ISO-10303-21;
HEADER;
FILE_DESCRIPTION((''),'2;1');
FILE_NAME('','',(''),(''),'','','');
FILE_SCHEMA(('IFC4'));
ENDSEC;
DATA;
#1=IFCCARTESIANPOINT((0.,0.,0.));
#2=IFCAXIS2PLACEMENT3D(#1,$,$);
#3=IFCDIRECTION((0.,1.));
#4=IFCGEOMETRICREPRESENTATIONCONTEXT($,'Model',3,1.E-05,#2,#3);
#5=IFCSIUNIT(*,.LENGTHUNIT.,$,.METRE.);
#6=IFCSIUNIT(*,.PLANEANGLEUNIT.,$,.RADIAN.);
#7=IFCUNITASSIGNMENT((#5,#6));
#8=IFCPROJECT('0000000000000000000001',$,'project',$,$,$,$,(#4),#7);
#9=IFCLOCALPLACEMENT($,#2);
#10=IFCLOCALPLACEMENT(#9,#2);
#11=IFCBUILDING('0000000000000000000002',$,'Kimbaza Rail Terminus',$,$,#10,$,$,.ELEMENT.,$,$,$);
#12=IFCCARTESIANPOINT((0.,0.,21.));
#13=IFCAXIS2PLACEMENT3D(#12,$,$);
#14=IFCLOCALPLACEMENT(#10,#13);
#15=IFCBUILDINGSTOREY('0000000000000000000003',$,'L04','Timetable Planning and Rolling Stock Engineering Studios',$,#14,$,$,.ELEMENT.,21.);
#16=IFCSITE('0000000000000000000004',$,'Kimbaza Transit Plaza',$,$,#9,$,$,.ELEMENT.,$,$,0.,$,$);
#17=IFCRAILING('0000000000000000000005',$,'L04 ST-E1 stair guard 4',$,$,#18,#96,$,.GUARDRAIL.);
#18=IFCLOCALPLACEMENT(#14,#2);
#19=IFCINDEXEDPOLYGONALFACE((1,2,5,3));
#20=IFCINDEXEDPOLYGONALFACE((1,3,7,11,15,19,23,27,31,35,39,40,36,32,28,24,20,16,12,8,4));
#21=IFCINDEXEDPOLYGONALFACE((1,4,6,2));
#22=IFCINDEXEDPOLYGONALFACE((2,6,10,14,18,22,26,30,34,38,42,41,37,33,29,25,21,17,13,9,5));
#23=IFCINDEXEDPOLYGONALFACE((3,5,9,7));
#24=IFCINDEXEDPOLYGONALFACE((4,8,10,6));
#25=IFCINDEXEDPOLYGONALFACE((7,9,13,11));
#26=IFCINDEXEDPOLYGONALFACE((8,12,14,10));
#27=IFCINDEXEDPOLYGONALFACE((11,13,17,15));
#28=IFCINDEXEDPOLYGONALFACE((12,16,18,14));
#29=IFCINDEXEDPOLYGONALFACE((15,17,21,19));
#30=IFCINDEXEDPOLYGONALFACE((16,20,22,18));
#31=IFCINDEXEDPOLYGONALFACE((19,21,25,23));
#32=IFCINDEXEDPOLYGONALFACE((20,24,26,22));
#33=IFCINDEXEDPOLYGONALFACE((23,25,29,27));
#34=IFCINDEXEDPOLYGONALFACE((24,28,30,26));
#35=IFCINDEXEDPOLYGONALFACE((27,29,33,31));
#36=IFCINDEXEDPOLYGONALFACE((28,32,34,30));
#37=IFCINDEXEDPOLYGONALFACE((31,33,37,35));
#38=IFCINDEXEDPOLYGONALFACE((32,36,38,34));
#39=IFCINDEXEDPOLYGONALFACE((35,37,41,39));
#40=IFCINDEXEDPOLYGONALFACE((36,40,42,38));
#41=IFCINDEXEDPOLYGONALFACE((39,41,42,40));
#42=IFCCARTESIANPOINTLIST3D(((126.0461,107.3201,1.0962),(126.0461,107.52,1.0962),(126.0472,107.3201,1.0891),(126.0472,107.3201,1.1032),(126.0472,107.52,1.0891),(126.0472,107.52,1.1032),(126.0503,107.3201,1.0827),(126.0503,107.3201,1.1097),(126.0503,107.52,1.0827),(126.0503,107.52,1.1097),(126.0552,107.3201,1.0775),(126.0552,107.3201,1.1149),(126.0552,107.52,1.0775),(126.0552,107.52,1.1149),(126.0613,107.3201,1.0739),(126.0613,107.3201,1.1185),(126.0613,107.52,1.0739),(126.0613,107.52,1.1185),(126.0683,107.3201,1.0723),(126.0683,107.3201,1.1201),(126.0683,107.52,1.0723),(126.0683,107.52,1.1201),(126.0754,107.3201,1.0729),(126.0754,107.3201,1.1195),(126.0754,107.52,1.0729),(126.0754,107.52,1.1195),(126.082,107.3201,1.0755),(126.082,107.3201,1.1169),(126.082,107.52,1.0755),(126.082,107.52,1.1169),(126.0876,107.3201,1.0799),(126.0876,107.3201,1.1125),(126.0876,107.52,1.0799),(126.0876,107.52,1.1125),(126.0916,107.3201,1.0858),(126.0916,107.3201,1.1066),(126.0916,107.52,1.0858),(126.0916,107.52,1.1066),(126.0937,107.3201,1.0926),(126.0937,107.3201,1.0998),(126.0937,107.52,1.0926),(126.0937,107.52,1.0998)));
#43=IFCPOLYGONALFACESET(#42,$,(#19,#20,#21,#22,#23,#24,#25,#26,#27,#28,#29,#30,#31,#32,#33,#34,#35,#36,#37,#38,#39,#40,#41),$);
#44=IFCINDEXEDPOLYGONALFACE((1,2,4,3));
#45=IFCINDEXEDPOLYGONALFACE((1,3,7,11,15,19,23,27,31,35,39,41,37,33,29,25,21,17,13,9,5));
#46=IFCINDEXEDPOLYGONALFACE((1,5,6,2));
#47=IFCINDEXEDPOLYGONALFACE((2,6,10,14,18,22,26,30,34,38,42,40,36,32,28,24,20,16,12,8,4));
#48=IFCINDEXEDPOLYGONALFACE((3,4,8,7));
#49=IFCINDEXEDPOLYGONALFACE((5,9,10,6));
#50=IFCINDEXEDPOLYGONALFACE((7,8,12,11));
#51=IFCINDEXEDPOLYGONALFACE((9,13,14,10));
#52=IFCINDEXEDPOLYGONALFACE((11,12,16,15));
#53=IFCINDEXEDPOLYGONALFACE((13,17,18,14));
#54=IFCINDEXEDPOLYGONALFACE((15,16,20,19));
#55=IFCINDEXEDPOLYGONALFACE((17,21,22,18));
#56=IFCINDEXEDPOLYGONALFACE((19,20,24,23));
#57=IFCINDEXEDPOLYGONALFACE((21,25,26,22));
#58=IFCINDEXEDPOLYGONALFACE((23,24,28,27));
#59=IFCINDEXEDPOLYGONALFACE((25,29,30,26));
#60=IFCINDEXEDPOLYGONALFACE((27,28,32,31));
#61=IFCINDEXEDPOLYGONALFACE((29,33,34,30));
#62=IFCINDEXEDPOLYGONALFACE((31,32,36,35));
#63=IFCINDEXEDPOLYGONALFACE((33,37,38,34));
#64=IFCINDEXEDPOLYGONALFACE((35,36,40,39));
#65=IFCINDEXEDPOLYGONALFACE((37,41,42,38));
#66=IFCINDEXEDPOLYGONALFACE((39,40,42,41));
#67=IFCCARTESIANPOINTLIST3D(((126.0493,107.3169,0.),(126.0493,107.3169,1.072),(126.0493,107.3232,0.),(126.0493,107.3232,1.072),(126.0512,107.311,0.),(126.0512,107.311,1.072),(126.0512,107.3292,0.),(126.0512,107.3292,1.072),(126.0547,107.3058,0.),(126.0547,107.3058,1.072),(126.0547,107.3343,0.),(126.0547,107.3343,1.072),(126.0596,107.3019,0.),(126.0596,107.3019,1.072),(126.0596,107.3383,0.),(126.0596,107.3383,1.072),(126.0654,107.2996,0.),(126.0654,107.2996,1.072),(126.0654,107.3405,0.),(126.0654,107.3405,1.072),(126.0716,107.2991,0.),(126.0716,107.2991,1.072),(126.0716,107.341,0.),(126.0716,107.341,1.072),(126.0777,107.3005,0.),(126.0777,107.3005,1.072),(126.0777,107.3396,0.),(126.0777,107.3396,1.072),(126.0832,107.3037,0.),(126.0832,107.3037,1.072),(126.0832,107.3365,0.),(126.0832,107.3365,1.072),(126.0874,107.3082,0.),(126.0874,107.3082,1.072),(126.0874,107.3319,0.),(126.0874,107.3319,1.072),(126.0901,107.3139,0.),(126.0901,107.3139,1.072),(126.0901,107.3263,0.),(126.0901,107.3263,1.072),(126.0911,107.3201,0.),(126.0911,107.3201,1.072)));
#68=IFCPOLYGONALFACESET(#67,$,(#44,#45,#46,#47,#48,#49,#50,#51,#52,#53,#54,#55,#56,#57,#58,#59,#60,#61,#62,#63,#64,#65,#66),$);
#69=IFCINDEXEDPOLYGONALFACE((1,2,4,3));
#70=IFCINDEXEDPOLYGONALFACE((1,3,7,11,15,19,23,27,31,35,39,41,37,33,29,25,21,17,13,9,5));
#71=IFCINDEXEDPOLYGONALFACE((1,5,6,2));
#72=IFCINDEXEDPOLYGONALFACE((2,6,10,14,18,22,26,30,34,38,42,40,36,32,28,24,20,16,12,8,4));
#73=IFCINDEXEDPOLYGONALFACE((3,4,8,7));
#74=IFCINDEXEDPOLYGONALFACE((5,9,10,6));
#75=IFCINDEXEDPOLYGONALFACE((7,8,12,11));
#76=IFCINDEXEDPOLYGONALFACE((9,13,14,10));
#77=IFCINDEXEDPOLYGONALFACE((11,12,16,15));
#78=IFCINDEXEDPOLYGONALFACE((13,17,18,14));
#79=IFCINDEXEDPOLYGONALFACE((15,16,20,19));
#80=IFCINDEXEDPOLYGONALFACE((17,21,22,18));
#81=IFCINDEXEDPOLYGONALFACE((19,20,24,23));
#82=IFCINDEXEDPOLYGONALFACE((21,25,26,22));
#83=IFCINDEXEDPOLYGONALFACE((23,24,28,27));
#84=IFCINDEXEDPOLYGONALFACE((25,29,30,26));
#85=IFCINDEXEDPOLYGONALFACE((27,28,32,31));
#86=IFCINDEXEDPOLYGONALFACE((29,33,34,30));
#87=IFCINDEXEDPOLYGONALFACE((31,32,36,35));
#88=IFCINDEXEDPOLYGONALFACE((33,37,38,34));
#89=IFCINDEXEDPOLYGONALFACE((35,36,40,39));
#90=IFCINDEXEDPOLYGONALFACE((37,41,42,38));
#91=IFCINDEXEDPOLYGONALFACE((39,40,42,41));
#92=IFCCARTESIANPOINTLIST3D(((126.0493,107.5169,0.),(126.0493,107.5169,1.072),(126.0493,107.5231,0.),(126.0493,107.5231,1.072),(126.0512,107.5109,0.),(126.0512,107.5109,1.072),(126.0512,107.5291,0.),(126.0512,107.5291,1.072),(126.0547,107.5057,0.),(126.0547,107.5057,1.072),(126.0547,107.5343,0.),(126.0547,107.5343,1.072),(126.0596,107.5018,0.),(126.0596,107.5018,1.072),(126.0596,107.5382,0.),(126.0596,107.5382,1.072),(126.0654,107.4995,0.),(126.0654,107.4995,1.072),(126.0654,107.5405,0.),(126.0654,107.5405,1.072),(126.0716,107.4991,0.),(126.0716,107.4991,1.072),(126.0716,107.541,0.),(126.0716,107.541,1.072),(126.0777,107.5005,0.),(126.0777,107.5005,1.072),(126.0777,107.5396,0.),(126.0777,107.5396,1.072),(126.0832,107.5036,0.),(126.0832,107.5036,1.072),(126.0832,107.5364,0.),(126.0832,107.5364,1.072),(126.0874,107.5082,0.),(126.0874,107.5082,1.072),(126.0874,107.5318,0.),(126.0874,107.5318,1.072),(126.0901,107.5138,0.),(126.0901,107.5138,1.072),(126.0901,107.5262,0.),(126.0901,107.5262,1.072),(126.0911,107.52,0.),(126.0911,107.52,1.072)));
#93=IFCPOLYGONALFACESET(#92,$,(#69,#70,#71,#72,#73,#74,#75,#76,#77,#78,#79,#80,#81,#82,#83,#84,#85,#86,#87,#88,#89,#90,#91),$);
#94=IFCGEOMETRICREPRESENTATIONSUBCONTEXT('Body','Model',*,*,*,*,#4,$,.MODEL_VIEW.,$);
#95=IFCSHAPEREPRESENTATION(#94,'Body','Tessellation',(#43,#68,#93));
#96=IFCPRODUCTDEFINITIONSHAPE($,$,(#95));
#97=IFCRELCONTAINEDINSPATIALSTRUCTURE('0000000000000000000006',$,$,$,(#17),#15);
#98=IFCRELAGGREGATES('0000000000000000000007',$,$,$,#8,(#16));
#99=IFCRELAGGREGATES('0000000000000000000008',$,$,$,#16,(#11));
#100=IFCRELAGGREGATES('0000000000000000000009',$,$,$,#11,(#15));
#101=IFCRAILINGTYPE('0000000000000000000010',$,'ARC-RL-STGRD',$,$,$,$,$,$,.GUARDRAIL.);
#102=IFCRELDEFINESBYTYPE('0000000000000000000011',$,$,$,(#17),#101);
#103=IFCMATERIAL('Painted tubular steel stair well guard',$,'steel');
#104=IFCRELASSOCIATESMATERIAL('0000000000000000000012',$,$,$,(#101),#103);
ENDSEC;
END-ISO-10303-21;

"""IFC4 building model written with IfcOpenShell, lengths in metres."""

from ifc_helpers import new_model, si_unit, direction, frame, origin, origin_2d, place, context, subcontext, project, spatial, circle, extrude, material, type_object, element, save


model = new_model("IFC4")

# Units and contexts
model_context = context("Model", 3, precision=1e-05, world=origin(), true_north=direction((0.0, 1.0)))
body_context = subcontext(model_context, "Body", "Model", "MODEL_VIEW")
ifc_project = project(units=[si_unit("LENGTHUNIT", "METRE"), si_unit("PLANEANGLEUNIT", "RADIAN")], contexts=[model_context])

# Site, building, storey
site_placement = place(None, origin())
site = spatial("IfcSite", under=ifc_project, at=site_placement, Name="Kimbaza Transit Plaza", CompositionType="ELEMENT", RefElevation=0.0)
building_placement = place(site_placement, origin())
building = spatial("IfcBuilding", under=site, at=building_placement, Name="Kimbaza Rail Terminus", CompositionType="ELEMENT")
storey_placement = place(building_placement, frame((0.0, 0.0, 21.0)))
storey = spatial("IfcBuildingStorey", under=building, at=storey_placement, Name="L04", Description="Timetable Planning and Rolling Stock Engineering Studios", CompositionType="ELEMENT", Elevation=21.0)

# Railing
ifc_material_1 = material(Name="Painted tubular steel stair well guard", Category="steel")
railing_type_1 = type_object("IfcRailingType", Name="ARC-RL-STGRD", PredefinedType="GUARDRAIL", material=ifc_material_1)
railing_1_placement = place(storey_placement, frame((126.0701, 107.3201, 0.0)))
element("IfcRailing", 1, at=railing_1_placement, inside=storey, type_object=railing_type_1, Name="L04 ST-E1 stair guard 4", PredefinedType="GUARDRAIL", context=body_context, shape_type="SweptSolid", body=[
    extrude(circle(Radius=0.0239, at=origin_2d()), frame((0.0, 0.0, 1.0962), z_axis=(0.0, 1.0, 0.0), x_axis=(-1.0, 0.0, 0.0)), (0.0, 0.0, 1.0), 0.2),
    extrude(circle(Radius=0.021, at=origin_2d()), origin(), (0.0, 0.0, 1.0), 1.072),
    extrude(circle(Radius=0.021, at=origin_2d()), frame((0.0, 0.2, 0.0)), (0.0, 0.0, 1.0), 1.072),
])

save(model, "model.ifc")
